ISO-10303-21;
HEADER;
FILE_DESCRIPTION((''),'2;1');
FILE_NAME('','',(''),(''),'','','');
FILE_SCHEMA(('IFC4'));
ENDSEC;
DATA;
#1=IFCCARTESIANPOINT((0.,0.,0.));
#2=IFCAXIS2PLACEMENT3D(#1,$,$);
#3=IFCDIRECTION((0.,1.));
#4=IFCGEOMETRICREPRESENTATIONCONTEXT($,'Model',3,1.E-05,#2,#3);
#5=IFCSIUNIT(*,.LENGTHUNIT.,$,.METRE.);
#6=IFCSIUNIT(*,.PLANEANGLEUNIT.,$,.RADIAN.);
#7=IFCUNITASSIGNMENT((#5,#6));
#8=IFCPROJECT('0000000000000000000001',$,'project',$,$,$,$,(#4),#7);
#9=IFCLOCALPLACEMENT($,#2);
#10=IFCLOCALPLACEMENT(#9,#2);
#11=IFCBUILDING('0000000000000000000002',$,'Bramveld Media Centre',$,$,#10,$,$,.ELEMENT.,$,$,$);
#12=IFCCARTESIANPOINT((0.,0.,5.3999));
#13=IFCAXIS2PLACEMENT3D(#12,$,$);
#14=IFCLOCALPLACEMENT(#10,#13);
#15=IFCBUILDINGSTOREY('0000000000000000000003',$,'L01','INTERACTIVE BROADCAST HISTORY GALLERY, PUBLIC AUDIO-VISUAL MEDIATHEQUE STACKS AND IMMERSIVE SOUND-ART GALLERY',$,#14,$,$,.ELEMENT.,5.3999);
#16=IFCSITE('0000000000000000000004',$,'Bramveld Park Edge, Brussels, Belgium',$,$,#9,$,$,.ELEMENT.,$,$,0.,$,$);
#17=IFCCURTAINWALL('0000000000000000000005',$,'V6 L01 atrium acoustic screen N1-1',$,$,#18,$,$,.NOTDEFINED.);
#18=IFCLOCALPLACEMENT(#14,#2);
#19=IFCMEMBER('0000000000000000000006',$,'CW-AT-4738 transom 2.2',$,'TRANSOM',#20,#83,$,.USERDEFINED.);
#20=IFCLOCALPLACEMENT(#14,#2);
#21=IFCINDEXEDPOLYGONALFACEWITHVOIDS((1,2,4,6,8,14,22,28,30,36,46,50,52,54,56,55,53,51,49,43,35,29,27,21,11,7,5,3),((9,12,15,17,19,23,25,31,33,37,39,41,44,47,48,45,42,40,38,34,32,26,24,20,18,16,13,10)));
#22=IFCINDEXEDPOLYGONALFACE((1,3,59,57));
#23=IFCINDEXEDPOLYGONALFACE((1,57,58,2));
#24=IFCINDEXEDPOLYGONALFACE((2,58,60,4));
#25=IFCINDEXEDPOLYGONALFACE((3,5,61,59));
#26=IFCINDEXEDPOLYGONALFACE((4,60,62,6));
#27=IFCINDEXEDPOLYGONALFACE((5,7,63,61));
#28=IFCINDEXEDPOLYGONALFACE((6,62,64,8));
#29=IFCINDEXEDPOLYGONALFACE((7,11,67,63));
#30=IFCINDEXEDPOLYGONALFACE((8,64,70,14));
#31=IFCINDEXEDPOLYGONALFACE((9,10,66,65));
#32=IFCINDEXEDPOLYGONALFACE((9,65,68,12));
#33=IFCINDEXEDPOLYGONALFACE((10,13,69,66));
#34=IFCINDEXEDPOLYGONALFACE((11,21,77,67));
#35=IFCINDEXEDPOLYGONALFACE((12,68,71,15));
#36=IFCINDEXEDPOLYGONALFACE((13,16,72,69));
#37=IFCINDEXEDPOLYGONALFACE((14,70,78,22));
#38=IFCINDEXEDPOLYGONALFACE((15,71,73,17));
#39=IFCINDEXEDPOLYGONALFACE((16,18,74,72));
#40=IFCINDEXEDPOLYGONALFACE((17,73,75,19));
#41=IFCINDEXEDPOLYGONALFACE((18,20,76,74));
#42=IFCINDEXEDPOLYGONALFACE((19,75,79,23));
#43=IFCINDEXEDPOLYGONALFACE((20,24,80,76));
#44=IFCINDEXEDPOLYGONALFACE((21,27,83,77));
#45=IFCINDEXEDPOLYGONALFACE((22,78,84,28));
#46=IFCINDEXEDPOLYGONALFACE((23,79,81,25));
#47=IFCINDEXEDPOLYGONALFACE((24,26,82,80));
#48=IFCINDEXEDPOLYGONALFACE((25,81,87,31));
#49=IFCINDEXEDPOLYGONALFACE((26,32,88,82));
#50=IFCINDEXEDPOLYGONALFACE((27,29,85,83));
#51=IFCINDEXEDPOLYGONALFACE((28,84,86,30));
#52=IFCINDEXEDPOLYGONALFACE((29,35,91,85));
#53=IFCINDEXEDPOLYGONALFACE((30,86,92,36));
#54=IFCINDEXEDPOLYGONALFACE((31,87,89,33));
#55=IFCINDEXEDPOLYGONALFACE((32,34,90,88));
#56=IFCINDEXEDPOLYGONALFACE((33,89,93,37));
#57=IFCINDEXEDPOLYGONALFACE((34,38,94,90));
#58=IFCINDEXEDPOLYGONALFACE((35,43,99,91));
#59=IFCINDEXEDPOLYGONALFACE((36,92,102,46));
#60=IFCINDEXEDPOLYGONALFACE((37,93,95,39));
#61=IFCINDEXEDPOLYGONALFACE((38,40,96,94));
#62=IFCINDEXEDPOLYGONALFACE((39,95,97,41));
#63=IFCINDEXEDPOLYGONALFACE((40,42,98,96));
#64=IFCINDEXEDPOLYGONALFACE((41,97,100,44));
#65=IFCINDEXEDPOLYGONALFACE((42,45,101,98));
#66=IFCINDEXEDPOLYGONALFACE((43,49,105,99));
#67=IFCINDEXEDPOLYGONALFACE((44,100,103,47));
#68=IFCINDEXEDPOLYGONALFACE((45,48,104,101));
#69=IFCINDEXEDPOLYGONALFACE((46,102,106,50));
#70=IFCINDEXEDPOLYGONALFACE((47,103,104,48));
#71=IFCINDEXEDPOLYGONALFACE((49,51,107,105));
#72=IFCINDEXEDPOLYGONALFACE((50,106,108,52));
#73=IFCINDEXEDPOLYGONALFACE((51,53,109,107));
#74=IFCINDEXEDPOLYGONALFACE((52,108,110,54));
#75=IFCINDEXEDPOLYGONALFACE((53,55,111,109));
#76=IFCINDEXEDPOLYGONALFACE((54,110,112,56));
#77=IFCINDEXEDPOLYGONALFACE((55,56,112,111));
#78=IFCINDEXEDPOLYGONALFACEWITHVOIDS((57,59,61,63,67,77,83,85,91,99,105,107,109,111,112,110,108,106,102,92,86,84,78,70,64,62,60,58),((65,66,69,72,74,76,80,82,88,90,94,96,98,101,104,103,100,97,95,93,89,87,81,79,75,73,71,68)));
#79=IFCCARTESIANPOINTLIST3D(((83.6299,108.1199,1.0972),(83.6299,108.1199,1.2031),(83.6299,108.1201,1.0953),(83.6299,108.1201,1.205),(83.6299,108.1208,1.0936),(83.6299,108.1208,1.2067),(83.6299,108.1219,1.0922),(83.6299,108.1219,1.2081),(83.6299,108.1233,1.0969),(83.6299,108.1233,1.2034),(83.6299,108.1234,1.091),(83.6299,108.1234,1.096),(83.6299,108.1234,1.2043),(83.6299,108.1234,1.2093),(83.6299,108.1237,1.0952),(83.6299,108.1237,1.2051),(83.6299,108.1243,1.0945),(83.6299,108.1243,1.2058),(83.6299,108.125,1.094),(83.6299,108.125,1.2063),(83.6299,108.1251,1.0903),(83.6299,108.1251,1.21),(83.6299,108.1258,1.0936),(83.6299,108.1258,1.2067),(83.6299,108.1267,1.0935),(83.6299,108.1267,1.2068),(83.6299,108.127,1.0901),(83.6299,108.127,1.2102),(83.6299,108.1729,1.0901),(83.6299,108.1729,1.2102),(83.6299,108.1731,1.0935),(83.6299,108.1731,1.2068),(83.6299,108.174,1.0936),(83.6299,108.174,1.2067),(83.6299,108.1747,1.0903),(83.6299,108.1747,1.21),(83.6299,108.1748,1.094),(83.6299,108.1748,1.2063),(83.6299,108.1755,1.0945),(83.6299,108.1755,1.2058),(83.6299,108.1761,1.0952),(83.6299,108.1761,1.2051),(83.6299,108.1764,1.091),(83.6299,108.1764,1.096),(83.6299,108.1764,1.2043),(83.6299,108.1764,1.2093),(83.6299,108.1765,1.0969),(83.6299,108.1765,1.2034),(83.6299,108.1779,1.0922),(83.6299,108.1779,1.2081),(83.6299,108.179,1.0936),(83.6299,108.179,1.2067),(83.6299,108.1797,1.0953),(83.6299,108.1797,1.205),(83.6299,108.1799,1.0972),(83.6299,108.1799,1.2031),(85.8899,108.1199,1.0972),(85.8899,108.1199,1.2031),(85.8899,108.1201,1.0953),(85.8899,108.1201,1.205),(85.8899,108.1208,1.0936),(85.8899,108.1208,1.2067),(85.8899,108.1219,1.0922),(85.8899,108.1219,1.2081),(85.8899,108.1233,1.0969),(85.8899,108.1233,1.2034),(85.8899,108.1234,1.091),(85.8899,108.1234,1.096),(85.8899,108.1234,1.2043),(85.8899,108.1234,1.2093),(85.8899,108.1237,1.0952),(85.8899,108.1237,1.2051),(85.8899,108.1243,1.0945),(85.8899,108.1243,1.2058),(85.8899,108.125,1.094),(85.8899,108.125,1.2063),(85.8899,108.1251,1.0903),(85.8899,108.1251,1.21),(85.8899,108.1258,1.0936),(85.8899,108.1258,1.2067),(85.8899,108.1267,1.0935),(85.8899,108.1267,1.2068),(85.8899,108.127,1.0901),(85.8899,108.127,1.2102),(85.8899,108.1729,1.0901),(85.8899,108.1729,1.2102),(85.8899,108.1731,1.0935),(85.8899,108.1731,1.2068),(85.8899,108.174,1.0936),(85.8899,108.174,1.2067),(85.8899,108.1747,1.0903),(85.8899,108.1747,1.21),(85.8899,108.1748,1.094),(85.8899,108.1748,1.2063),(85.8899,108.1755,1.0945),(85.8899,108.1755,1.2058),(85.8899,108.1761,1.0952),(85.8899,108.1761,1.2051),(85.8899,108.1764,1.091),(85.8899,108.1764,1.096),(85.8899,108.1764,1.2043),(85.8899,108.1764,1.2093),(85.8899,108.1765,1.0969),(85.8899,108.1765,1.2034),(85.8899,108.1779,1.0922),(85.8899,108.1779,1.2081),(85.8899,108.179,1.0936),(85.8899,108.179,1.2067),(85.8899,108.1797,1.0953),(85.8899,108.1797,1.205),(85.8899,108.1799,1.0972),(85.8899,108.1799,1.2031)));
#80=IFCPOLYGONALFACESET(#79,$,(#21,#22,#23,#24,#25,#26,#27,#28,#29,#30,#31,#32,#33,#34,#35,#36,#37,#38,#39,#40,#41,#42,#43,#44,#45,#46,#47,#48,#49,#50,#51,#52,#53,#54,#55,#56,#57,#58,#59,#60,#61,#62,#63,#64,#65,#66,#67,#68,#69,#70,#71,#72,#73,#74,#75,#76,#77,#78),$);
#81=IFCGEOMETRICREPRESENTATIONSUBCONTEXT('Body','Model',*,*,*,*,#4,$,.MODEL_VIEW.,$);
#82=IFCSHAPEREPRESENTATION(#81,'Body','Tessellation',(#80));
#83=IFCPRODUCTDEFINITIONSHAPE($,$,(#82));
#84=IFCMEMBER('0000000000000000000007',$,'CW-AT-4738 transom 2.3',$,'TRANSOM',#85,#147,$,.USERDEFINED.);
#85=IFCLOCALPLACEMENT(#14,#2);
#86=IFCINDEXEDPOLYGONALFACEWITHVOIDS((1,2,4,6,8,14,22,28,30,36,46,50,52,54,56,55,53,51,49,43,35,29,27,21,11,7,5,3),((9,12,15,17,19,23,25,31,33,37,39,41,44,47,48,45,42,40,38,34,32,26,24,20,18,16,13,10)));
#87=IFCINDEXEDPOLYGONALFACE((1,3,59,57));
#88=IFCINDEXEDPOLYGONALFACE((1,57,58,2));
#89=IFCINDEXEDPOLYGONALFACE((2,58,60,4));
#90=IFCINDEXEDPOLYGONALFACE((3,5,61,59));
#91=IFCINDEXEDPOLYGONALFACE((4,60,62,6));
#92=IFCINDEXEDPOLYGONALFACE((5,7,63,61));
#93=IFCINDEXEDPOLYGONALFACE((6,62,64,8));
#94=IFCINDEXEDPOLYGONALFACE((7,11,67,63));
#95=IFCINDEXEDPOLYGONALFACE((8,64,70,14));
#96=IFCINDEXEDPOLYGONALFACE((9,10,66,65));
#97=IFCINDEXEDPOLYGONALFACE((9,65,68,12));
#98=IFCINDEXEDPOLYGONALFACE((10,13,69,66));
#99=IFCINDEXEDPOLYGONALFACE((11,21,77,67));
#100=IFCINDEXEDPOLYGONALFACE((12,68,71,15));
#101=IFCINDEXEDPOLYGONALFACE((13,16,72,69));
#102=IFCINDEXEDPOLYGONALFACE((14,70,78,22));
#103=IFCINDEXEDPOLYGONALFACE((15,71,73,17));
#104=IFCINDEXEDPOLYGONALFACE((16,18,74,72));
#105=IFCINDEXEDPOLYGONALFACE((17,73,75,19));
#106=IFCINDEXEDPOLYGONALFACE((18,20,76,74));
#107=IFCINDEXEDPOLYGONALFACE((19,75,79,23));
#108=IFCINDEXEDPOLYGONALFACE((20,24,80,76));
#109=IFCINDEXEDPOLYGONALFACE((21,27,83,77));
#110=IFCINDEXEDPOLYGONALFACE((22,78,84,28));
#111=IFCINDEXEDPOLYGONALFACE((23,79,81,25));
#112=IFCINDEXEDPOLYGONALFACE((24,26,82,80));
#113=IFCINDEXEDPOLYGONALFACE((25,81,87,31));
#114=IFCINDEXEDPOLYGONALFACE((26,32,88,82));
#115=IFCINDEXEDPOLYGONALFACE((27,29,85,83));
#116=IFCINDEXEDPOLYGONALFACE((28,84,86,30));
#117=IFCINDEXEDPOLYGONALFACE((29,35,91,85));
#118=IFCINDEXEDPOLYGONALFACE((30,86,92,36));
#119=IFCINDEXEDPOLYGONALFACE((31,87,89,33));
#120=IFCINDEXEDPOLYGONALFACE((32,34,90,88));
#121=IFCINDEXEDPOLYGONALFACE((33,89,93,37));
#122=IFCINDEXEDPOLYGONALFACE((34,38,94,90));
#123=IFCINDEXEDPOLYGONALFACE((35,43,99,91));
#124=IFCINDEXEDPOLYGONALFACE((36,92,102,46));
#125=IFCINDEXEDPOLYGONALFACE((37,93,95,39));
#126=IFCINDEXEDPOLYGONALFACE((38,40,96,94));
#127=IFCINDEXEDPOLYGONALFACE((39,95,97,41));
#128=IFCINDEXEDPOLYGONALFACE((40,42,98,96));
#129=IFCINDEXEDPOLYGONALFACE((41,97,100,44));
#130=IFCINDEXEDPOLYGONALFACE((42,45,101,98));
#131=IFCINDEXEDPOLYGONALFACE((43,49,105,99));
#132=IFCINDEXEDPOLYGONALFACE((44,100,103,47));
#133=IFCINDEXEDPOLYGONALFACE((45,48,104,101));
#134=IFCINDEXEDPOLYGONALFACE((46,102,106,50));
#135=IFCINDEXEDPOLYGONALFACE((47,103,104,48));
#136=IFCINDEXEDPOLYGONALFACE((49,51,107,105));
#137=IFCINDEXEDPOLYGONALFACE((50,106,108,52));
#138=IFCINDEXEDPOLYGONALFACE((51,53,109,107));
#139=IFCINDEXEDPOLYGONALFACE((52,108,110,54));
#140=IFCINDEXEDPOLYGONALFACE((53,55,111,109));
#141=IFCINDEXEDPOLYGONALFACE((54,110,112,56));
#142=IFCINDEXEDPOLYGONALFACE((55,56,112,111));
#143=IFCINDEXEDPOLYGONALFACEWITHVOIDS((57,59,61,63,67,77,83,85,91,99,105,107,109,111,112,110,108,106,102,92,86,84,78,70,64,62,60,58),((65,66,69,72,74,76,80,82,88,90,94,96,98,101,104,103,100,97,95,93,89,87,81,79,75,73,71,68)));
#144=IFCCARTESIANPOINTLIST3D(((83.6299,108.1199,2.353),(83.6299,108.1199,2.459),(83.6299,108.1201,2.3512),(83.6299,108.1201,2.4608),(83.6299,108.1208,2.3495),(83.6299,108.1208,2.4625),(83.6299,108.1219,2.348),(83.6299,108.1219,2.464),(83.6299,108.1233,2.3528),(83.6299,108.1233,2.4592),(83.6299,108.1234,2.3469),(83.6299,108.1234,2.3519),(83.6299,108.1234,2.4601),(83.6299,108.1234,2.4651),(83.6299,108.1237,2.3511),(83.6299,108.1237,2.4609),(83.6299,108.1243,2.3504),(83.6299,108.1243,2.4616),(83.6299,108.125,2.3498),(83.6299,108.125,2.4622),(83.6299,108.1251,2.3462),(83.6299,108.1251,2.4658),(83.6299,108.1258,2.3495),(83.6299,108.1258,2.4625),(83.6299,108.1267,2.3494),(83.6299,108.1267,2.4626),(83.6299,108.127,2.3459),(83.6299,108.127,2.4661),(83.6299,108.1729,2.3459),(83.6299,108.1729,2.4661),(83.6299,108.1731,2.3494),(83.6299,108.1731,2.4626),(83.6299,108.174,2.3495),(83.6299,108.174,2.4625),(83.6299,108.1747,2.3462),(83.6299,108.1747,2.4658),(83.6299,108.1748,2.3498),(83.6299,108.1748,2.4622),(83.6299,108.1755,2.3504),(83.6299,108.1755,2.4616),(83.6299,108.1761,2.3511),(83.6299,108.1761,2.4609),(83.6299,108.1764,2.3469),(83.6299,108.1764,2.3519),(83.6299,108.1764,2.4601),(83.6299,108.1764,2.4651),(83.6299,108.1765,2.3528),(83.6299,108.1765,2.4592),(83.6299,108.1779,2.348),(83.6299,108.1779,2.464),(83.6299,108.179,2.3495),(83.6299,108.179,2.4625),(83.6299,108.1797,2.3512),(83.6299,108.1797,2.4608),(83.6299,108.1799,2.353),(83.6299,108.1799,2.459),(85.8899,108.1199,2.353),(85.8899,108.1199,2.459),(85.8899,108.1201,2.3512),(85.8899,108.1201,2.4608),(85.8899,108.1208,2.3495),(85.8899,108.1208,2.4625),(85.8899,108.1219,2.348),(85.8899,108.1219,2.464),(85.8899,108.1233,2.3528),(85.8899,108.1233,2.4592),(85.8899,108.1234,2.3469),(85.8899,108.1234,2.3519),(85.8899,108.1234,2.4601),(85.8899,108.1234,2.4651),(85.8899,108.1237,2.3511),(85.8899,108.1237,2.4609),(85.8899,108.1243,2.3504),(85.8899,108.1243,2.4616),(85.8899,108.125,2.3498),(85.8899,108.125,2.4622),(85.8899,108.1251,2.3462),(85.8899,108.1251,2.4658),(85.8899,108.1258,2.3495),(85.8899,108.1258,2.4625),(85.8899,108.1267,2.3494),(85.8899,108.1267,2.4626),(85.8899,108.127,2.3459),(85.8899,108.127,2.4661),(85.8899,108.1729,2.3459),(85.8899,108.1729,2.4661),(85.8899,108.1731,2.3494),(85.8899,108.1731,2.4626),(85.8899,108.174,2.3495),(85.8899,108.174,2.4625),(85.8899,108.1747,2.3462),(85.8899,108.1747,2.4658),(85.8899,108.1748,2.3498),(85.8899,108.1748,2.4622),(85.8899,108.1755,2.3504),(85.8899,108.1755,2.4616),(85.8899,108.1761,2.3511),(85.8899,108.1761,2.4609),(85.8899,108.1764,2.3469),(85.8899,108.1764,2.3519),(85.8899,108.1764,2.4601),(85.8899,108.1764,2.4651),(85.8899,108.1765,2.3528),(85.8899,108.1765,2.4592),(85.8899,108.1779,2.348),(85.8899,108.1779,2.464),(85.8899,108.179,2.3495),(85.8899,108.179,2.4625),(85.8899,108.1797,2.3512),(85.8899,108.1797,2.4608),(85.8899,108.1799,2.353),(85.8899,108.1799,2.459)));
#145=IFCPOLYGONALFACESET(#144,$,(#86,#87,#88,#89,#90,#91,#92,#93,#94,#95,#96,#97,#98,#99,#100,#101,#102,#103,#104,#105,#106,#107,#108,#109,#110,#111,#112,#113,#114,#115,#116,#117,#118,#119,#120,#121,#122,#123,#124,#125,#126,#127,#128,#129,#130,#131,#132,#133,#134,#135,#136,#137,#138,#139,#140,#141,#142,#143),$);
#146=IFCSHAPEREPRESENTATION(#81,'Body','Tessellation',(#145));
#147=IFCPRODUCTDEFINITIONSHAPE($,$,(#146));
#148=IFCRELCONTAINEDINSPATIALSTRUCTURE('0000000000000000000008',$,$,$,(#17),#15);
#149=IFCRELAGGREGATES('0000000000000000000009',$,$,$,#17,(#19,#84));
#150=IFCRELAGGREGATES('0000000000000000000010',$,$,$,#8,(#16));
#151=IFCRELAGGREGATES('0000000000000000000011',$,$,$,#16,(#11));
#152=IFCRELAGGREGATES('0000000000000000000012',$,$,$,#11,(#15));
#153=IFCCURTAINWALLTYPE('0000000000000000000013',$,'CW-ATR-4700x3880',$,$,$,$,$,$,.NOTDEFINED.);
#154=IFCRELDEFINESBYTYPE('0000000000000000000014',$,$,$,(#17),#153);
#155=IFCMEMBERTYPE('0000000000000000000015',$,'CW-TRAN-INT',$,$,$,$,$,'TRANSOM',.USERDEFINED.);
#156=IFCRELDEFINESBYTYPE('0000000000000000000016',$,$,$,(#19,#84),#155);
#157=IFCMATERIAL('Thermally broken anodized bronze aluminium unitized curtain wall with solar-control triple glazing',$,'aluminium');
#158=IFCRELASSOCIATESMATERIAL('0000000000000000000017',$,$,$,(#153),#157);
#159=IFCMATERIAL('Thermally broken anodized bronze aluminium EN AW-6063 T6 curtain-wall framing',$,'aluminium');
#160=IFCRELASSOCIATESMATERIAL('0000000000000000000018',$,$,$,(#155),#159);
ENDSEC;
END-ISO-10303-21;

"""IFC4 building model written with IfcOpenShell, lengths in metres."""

from ifc_helpers import new_model, si_unit, direction, frame, origin, origin_2d, place, context, subcontext, project, spatial, hollow_rectangle, extrude, material, material_profile, profile_set, type_object, element, aggregate, save


model = new_model("IFC4")

# Units and contexts
model_context = context("Model", 3, precision=1e-05, world=origin(), true_north=direction((0.0, 1.0)))
body_context = subcontext(model_context, "Body", "Model", "MODEL_VIEW")
ifc_project = project(units=[si_unit("LENGTHUNIT", "METRE"), si_unit("PLANEANGLEUNIT", "RADIAN")], contexts=[model_context])

# Site, building, storey
site_placement = place(None, origin())
site = spatial("IfcSite", under=ifc_project, at=site_placement, Name="Bramveld Park Edge, Brussels, Belgium", CompositionType="ELEMENT", RefElevation=0.0)
building_placement = place(site_placement, origin())
building = spatial("IfcBuilding", under=site, at=building_placement, Name="Bramveld Media Centre", CompositionType="ELEMENT")
storey_placement = place(building_placement, frame((0.0, 0.0, 5.3999)))
storey = spatial("IfcBuildingStorey", under=building, at=storey_placement, Name="L01", Description="INTERACTIVE BROADCAST HISTORY GALLERY, PUBLIC AUDIO-VISUAL MEDIATHEQUE STACKS AND IMMERSIVE SOUND-ART GALLERY", CompositionType="ELEMENT", Elevation=5.3999)

# Curtain wall, members
ifc_material_1 = material(Name="Thermally broken anodized bronze aluminium unitized curtain wall with solar-control triple glazing", Category="aluminium")
curtain_wall_type = type_object("IfcCurtainWallType", Name="CW-ATR-4700x3880", PredefinedType="NOTDEFINED", material=ifc_material_1)
curtain_wall_placement = place(storey_placement, origin())
curtain_wall = element("IfcCurtainWall", 1, at=curtain_wall_placement, inside=storey, type_object=curtain_wall_type, Name="V6 L01 atrium acoustic screen N1-1", PredefinedType="NOTDEFINED")
ifc_material_2 = material(Name="Thermally broken anodized bronze aluminium EN AW-6063 T6 curtain-wall framing", Category="aluminium")
ifc_material_profile_1 = material_profile(ifc_material_2, hollow_rectangle(XDim=0.0601, YDim=0.1201, WallThickness=0.0034, InnerFilletRadius=0.0034, OuterFilletRadius=0.0071, at=origin_2d()), Name="AL-TRAN 60x120")
ifc_profile_set_1 = profile_set([ifc_material_profile_1], Name="Thermally broken anodized bronze aluminium EN AW-6063 T6 curtain-wall framing")
member_type_1 = type_object("IfcMemberType", Name="CW-TRAN-INT", ElementType="TRANSOM", PredefinedType="USERDEFINED", material=ifc_profile_set_1)
member_1_placement = place(storey_placement, frame((83.6299, 108.1499, 1.1501), z_axis=(1.0, 0.0, 0.0), x_axis=(0.0, 1.0, 0.0)))
member_1 = element("IfcMember", 2, at=member_1_placement, type_object=member_type_1, Name="CW-AT-4738 transom 2.2", ObjectType="TRANSOM", PredefinedType="USERDEFINED", context=body_context, shape_type="SweptSolid", body=[
    extrude(hollow_rectangle(XDim=0.0601, YDim=0.1201, WallThickness=0.0034, InnerFilletRadius=0.0034, OuterFilletRadius=0.0071, at=origin_2d()), origin(), (0.0, 0.0, 1.0), 2.26),
])
member_2_placement = place(storey_placement, frame((83.6299, 108.1499, 2.406), z_axis=(1.0, 0.0, 0.0), x_axis=(0.0, 1.0, 0.0)))
member_2 = element("IfcMember", 3, at=member_2_placement, type_object=member_type_1, Name="CW-AT-4738 transom 2.3", ObjectType="TRANSOM", PredefinedType="USERDEFINED", context=body_context, shape_type="SweptSolid", body=[
    extrude(hollow_rectangle(XDim=0.0601, YDim=0.1201, WallThickness=0.0034, InnerFilletRadius=0.0034, OuterFilletRadius=0.0071, at=origin_2d()), origin(), (0.0, 0.0, 1.0), 2.26),
])

aggregate(curtain_wall, [member_1, member_2])

save(model, "model.ifc")
